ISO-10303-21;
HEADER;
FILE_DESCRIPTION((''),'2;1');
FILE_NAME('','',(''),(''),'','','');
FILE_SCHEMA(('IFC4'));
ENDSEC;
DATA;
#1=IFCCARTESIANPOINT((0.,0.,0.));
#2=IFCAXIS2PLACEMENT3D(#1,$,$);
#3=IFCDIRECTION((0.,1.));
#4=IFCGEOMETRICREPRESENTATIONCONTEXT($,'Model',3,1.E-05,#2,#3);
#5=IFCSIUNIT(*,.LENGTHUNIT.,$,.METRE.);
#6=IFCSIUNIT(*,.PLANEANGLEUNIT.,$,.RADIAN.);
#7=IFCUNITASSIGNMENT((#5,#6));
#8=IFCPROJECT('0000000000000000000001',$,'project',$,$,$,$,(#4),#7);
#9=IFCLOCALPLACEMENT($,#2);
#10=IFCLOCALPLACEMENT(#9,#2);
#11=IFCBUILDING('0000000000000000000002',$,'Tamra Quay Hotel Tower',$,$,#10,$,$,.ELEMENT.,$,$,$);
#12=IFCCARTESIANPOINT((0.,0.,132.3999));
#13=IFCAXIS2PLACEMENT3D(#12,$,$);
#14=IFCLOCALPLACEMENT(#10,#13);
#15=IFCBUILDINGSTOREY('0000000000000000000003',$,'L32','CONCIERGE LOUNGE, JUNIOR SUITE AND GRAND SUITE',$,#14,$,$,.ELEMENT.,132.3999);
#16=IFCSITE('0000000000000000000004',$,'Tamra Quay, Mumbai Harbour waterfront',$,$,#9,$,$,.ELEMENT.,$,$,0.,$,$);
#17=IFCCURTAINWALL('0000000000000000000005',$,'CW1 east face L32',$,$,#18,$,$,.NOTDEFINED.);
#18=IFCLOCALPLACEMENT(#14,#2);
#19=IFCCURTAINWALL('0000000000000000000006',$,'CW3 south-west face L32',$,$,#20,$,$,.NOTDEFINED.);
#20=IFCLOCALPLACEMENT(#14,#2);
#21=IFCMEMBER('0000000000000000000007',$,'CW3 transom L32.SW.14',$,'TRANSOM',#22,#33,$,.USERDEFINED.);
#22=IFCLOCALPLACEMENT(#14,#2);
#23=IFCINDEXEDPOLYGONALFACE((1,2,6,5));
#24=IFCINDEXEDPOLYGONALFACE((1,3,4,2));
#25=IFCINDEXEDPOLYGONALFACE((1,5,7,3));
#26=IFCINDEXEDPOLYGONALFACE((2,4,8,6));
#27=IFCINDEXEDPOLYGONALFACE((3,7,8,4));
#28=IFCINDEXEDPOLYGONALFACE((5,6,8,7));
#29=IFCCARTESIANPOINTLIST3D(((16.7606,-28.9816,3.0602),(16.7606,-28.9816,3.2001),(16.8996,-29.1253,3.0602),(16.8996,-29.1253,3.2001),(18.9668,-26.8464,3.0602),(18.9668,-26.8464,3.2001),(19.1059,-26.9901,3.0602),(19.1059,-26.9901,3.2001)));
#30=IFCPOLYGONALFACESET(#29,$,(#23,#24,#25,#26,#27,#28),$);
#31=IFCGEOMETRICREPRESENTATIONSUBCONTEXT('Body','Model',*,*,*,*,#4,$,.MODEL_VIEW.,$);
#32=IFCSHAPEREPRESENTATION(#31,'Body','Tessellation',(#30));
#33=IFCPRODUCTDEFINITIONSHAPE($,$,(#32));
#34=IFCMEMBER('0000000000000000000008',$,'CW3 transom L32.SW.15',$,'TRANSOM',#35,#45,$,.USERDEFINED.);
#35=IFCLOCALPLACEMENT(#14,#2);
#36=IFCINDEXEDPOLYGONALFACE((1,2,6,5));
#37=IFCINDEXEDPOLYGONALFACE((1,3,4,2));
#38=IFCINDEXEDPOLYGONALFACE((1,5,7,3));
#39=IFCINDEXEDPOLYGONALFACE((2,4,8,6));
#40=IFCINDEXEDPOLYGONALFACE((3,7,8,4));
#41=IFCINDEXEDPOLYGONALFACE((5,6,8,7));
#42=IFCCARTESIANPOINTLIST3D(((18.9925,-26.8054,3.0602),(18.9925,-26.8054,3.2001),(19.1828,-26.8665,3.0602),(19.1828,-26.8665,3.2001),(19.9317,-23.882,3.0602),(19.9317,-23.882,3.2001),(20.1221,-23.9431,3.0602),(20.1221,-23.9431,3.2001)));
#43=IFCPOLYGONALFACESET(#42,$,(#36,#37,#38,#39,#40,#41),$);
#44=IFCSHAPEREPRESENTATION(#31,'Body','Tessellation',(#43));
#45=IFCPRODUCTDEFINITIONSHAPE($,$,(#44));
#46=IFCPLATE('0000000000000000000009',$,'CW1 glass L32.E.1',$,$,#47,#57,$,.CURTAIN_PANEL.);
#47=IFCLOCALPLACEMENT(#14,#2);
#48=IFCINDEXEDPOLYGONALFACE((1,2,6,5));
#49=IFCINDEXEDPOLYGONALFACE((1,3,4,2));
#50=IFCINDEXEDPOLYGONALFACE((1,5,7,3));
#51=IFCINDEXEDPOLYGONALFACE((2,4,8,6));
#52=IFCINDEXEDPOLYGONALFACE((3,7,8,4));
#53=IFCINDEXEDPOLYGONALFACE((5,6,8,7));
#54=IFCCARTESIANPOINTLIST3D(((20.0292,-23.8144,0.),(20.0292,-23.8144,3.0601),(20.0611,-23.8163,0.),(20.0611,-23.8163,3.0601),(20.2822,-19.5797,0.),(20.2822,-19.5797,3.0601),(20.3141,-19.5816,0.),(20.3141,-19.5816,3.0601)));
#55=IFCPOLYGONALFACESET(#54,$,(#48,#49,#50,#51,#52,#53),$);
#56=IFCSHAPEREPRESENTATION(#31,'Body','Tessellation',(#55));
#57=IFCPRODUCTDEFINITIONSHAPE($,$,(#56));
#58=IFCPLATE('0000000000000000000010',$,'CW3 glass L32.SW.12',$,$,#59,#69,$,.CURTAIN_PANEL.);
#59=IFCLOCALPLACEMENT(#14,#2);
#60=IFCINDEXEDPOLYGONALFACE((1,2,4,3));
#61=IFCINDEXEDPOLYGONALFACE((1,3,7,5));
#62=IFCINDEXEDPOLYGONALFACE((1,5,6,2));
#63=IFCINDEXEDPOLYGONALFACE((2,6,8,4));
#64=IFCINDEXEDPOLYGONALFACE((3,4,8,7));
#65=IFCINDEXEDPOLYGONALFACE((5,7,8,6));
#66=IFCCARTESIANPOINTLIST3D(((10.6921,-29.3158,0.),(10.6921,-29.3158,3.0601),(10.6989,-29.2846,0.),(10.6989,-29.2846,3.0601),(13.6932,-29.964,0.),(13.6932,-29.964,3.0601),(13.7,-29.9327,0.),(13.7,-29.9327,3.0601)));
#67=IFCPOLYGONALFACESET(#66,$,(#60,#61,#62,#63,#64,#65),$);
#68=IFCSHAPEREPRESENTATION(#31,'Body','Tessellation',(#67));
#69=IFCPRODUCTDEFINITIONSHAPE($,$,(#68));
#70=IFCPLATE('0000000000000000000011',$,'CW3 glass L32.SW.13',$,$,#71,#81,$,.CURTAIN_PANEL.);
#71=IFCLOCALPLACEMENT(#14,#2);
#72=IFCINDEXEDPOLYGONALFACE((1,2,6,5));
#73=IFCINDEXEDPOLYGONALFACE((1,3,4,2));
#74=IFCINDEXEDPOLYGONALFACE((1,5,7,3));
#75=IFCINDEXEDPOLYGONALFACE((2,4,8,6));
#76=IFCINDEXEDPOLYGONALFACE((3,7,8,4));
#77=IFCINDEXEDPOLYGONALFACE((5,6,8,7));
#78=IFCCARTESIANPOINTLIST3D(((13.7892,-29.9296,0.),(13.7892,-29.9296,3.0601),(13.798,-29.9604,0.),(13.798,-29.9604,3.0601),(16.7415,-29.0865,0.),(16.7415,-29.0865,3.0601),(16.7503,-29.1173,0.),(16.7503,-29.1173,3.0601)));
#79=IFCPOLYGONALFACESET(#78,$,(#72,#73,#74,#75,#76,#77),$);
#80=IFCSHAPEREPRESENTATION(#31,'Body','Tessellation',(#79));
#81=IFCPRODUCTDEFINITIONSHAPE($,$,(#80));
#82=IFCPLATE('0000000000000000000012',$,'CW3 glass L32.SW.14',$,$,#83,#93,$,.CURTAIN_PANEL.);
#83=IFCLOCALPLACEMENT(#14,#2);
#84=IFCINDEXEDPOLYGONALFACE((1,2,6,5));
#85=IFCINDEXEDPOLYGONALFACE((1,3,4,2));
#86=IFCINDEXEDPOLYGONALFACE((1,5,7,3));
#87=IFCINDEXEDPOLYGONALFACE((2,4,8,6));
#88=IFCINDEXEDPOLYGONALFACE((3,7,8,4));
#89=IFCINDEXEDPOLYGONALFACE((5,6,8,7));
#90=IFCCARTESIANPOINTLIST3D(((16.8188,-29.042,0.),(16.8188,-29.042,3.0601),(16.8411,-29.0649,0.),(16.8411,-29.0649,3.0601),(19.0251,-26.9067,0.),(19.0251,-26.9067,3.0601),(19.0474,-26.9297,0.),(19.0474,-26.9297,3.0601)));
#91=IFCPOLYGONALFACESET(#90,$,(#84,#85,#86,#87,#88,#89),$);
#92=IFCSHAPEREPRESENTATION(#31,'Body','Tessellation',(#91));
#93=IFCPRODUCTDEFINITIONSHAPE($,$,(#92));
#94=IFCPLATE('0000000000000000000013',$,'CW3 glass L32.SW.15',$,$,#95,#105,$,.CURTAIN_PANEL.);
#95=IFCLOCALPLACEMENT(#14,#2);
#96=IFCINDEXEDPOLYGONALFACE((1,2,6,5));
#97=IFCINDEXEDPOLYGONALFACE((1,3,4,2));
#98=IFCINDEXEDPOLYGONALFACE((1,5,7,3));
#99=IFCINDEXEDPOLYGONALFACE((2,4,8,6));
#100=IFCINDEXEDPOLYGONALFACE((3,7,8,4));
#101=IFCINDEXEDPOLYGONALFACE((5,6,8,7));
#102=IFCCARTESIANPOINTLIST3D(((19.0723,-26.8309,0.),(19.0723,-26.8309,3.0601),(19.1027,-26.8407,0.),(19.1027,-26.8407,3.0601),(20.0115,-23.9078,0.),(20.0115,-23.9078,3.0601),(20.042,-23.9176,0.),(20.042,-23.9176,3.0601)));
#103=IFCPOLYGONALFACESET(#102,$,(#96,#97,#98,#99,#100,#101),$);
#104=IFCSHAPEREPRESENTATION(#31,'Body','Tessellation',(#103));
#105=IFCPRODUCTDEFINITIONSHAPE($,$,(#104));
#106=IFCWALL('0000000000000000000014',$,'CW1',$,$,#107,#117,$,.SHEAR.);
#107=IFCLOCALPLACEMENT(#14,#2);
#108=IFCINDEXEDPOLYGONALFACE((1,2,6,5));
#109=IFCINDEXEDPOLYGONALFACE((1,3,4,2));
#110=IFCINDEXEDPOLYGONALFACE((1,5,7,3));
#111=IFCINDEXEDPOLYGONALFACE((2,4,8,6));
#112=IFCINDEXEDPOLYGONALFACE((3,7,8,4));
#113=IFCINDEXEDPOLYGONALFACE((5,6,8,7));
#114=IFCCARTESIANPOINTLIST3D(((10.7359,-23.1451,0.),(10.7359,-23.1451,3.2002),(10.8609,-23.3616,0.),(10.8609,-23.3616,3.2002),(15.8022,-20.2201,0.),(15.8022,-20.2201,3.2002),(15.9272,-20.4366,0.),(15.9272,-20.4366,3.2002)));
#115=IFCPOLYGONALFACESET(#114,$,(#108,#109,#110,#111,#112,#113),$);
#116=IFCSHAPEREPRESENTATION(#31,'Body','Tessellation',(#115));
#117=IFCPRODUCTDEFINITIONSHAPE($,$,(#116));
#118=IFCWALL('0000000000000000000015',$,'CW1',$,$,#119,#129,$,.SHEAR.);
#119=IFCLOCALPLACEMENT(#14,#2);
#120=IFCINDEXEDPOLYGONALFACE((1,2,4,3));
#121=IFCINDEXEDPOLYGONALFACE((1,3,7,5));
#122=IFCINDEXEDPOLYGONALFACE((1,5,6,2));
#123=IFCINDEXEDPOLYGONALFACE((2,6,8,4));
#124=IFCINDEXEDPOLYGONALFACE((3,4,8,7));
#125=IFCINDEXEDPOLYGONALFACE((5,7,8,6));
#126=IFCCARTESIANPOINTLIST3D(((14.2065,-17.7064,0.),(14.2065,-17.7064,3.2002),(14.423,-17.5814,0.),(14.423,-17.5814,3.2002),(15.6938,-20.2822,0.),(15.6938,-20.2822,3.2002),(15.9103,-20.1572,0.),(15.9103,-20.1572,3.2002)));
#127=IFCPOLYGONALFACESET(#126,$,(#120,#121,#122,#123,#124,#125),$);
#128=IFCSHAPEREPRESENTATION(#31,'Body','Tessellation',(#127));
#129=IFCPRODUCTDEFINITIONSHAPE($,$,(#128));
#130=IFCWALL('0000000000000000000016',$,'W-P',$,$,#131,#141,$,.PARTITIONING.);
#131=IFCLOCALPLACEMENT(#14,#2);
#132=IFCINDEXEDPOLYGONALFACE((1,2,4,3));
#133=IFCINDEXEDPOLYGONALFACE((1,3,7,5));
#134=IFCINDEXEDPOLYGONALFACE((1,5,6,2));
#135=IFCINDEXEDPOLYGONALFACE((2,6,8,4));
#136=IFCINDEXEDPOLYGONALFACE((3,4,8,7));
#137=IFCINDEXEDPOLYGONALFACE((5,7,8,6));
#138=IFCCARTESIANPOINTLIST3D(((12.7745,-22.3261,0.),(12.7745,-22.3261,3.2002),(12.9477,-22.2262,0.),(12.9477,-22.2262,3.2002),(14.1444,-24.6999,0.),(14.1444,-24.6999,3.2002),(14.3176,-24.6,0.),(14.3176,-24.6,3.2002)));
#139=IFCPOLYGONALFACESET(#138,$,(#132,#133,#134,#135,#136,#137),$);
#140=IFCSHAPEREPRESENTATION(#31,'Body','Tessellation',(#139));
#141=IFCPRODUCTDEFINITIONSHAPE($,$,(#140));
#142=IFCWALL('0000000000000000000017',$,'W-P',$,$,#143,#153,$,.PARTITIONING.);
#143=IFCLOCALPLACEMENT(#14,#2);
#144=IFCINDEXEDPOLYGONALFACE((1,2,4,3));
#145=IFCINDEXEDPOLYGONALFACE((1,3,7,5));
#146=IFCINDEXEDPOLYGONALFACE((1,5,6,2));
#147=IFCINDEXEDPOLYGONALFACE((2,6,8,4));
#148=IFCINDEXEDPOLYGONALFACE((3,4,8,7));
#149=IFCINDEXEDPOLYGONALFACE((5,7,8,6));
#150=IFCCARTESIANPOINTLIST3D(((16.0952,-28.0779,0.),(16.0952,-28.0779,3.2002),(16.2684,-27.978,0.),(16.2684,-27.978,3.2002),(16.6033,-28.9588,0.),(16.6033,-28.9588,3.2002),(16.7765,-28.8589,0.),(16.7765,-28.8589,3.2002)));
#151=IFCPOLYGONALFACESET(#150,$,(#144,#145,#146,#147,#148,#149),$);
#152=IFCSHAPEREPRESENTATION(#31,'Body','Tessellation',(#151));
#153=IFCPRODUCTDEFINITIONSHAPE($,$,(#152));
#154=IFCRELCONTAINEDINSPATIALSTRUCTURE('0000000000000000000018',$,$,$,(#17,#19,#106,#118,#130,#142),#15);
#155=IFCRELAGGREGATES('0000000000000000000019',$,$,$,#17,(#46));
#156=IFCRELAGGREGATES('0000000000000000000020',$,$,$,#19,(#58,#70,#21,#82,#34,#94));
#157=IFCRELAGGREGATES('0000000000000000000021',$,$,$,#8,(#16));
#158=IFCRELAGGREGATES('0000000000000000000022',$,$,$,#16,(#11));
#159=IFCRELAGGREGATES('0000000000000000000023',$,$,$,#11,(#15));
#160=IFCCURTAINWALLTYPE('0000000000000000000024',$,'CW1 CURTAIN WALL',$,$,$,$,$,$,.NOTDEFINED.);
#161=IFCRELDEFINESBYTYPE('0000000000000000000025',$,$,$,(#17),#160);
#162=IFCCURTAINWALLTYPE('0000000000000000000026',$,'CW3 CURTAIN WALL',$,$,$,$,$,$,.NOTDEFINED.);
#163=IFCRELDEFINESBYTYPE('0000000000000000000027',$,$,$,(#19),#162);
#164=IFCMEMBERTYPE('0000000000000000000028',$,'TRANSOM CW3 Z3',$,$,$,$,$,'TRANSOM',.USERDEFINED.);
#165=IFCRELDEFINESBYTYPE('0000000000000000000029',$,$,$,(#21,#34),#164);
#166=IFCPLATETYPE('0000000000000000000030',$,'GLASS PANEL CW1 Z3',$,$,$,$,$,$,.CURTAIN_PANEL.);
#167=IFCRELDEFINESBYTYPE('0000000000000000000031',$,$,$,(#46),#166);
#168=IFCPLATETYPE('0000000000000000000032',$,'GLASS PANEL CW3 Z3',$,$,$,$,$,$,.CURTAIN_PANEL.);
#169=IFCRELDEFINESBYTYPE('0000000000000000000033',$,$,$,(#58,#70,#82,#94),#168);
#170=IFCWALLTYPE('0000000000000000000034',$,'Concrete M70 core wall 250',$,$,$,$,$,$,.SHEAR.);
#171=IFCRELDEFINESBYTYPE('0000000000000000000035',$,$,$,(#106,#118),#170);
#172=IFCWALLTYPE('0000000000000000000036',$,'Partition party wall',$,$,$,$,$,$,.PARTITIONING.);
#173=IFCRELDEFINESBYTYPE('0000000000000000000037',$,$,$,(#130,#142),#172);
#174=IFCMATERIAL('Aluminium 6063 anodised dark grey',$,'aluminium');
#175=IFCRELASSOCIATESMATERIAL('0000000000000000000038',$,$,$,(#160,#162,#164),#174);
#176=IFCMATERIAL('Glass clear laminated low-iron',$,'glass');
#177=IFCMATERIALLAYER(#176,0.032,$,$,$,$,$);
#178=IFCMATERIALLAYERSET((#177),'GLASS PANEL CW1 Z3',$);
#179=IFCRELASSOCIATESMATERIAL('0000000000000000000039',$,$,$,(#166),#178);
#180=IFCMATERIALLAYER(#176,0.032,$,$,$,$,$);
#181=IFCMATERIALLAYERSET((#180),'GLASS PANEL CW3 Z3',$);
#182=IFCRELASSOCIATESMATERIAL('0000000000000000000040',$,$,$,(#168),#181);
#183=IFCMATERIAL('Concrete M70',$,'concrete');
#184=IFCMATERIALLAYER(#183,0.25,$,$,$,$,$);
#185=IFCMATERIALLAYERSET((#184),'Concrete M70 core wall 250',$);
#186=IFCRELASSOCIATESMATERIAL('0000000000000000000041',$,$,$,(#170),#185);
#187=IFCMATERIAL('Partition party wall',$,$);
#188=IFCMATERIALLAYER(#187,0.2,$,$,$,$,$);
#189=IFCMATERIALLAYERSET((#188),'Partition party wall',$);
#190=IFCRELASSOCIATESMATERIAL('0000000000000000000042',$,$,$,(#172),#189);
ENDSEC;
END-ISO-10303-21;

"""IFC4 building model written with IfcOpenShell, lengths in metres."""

from ifc_helpers import new_model, si_unit, direction, frame, frame_2d, origin, origin_2d, place, context, subcontext, project, spatial, rectangle, extrude, material, layer, layer_set, material_profile, profile_set, type_object, element, aggregate, save


model = new_model("IFC4")

# Units and contexts
model_context = context("Model", 3, precision=1e-05, world=origin(), true_north=direction((0.0, 1.0)))
body_context = subcontext(model_context, "Body", "Model", "MODEL_VIEW")
ifc_project = project(units=[si_unit("LENGTHUNIT", "METRE"), si_unit("PLANEANGLEUNIT", "RADIAN")], contexts=[model_context])

# Site, building, storey
site_placement = place(None, origin())
site = spatial("IfcSite", under=ifc_project, at=site_placement, Name="Tamra Quay, Mumbai Harbour waterfront", CompositionType="ELEMENT", RefElevation=0.0)
building_placement = place(site_placement, origin())
building = spatial("IfcBuilding", under=site, at=building_placement, Name="Tamra Quay Hotel Tower", CompositionType="ELEMENT")
storey_placement = place(building_placement, frame((0.0, 0.0, 132.3999)))
storey = spatial("IfcBuildingStorey", under=building, at=storey_placement, Name="L32", Description="CONCIERGE LOUNGE, JUNIOR SUITE AND GRAND SUITE", CompositionType="ELEMENT", Elevation=132.3999)

# Shared definitions
ifc_material_1 = material(Name="Concrete M70", Category="concrete")

# Curtain wall
ifc_material_2 = material(Name="Aluminium 6063 anodised dark grey", Category="aluminium")
curtain_wall_type_1 = type_object("IfcCurtainWallType", Name="CW1 CURTAIN WALL", PredefinedType="NOTDEFINED", material=ifc_material_2)
curtain_wall_1_placement = place(storey_placement, origin())
curtain_wall_1 = element("IfcCurtainWall", 1, at=curtain_wall_1_placement, inside=storey, type_object=curtain_wall_type_1, Name="CW1 east face L32", PredefinedType="NOTDEFINED")

# Curtain wall
curtain_wall_type_2 = type_object("IfcCurtainWallType", Name="CW3 CURTAIN WALL", PredefinedType="NOTDEFINED", material=ifc_material_2)
curtain_wall_2_placement = place(storey_placement, origin())
curtain_wall_2 = element("IfcCurtainWall", 2, at=curtain_wall_2_placement, inside=storey, type_object=curtain_wall_type_2, Name="CW3 south-west face L32", PredefinedType="NOTDEFINED")

# Members
ifc_material_profile_1 = material_profile(ifc_material_2, rectangle(XDim=0.2, YDim=0.1399, at=origin_2d()), Name="TRANSOM 200X140")
ifc_profile_set_1 = profile_set([ifc_material_profile_1], Name="Aluminium 6063 anodised dark grey")
member_type_1 = type_object("IfcMemberType", Name="TRANSOM CW3 Z3", ElementType="TRANSOM", PredefinedType="USERDEFINED", material=ifc_profile_set_1)
member_1_placement = place(storey_placement, frame((16.8301, -29.0535, 3.1301), z_axis=(0.718582, 0.695443, 0.0), x_axis=(-0.695443, 0.718582, 0.0)))
member_1 = element("IfcMember", 3, at=member_1_placement, type_object=member_type_1, Name="CW3 transom L32.SW.14", ObjectType="TRANSOM", PredefinedType="USERDEFINED", context=body_context, shape_type="SweptSolid", body=[
    extrude(rectangle(XDim=0.2, YDim=0.1399, at=origin_2d()), origin(), (0.0, 0.0, 1.0), 3.0703),
])
member_2_placement = place(storey_placement, frame((19.0876, -26.8359, 3.1301), z_axis=(0.30588, 0.95207, 0.0), x_axis=(-0.95207, 0.30588, 0.0)))
member_2 = element("IfcMember", 4, at=member_2_placement, type_object=member_type_1, Name="CW3 transom L32.SW.15", ObjectType="TRANSOM", PredefinedType="USERDEFINED", context=body_context, shape_type="SweptSolid", body=[
    extrude(rectangle(XDim=0.2, YDim=0.1399, at=origin_2d()), origin(), (0.0, 0.0, 1.0), 3.0706),
])

# Plates
ifc_material_3 = material(Name="Glass clear laminated low-iron", Category="glass")
ifc_layer_1 = layer(ifc_material_3, 0.032)
ifc_layer_set_1 = layer_set([ifc_layer_1], Name="GLASS PANEL CW1 Z3")
plate_type_1 = type_object("IfcPlateType", Name="GLASS PANEL CW1 Z3", PredefinedType="CURTAIN_PANEL", material=ifc_layer_set_1)
plate_1_placement = place(storey_placement, frame((20.1716, -21.698, 0.0), z_axis=(0.0, 0.0, 1.0), x_axis=(0.059642, 0.99822, 0.0)))
plate_1 = element("IfcPlate", 5, at=plate_1_placement, type_object=plate_type_1, Name="CW1 glass L32.E.1", PredefinedType="CURTAIN_PANEL", context=body_context, shape_type="SweptSolid", body=[
    extrude(rectangle(XDim=4.2422, YDim=0.032, at=origin_2d()), origin(), (0.0, 0.0, 1.0), 3.0601),
])
aggregate(curtain_wall_1, [plate_1])
ifc_layer_2 = layer(ifc_material_3, 0.032)
ifc_layer_set_2 = layer_set([ifc_layer_2], Name="GLASS PANEL CW3 Z3")
plate_type_2 = type_object("IfcPlateType", Name="GLASS PANEL CW3 Z3", PredefinedType="CURTAIN_PANEL", material=ifc_layer_set_2)
plate_2_placement = place(storey_placement, frame((12.196, -29.6243, 0.0), z_axis=(0.0, 0.0, 1.0), x_axis=(0.977465, -0.211099, 0.0)))
plate_2 = element("IfcPlate", 6, at=plate_2_placement, type_object=plate_type_2, Name="CW3 glass L32.SW.12", PredefinedType="CURTAIN_PANEL", context=body_context, shape_type="SweptSolid", body=[
    extrude(rectangle(XDim=3.0703, YDim=0.032, at=origin_2d()), origin(), (0.0, 0.0, 1.0), 3.0601),
])
plate_3_placement = place(storey_placement, frame((15.2698, -29.5234, 0.0), z_axis=(0.0, 0.0, 1.0), x_axis=(0.961561, 0.274593, 0.0)))
plate_3 = element("IfcPlate", 7, at=plate_3_placement, type_object=plate_type_2, Name="CW3 glass L32.SW.13", PredefinedType="CURTAIN_PANEL", context=body_context, shape_type="SweptSolid", body=[
    extrude(rectangle(XDim=3.0703, YDim=0.032, at=origin_2d()), origin(), (0.0, 0.0, 1.0), 3.0601),
])
plate_4_placement = place(storey_placement, frame((17.9331, -27.9858, 0.0), z_axis=(0.0, 0.0, 1.0), x_axis=(0.718584, 0.69544, 0.0)))
plate_4 = element("IfcPlate", 8, at=plate_4_placement, type_object=plate_type_2, Name="CW3 glass L32.SW.14", PredefinedType="CURTAIN_PANEL", context=body_context, shape_type="SweptSolid", body=[
    extrude(rectangle(XDim=3.0703, YDim=0.032, at=origin_2d()), origin(), (0.0, 0.0, 1.0), 3.0601),
])
plate_5_placement = place(storey_placement, frame((19.5571, -25.3743, 0.0), z_axis=(0.0, 0.0, 1.0), x_axis=(0.305915, 0.952059, 0.0)))
plate_5 = element("IfcPlate", 9, at=plate_5_placement, type_object=plate_type_2, Name="CW3 glass L32.SW.15", PredefinedType="CURTAIN_PANEL", context=body_context, shape_type="SweptSolid", body=[
    extrude(rectangle(XDim=3.0703, YDim=0.032, at=origin_2d()), origin(), (0.0, 0.0, 1.0), 3.0601),
])
aggregate(curtain_wall_2, [plate_2, plate_3, member_1, plate_4, member_2, plate_5])

# Walls
ifc_layer_3 = layer(ifc_material_1, 0.25)
ifc_layer_set_3 = layer_set([ifc_layer_3], Name="Concrete M70 core wall 250")
wall_type_1 = type_object("IfcWallType", Name="Concrete M70 core wall 250", PredefinedType="SHEAR", material=ifc_layer_set_3)
wall_1_placement = place(storey_placement, frame((15.8647, -20.3284, 0.0), z_axis=(0.0, 0.0, 1.0), x_axis=(-0.866029, -0.499995, 0.0)))
element("IfcWall", 10, at=wall_1_placement, inside=storey, type_object=wall_type_1, Name="CW1", PredefinedType="SHEAR", context=body_context, shape_type="SweptSolid", body=[
    extrude(rectangle(XDim=5.8501, YDim=0.25, at=frame_2d((2.925, 0.0))), origin(), (0.0, 0.0, 1.0), 3.2002),
])
wall_2_placement = place(storey_placement, frame((14.3147, -17.6438, 0.0), z_axis=(0.0, 0.0, 1.0), x_axis=(0.500023, -0.866012, 0.0)))
element("IfcWall", 11, at=wall_2_placement, inside=storey, type_object=wall_type_1, Name="CW1", PredefinedType="SHEAR", context=body_context, shape_type="SweptSolid", body=[
    extrude(rectangle(XDim=2.9744, YDim=0.25, at=frame_2d((1.4873, 0.0))), origin(), (0.0, 0.0, 1.0), 3.2002),
])
ifc_material_4 = material(Name="Partition party wall")
ifc_layer_4 = layer(ifc_material_4, 0.2)
ifc_layer_set_4 = layer_set([ifc_layer_4], Name="Partition party wall")
wall_type_2 = type_object("IfcWallType", Name="Partition party wall", PredefinedType="PARTITIONING", material=ifc_layer_set_4)
wall_3_placement = place(storey_placement, frame((12.8611, -22.2761, 0.0), z_axis=(0.0, 0.0, 1.0), x_axis=(0.499828, -0.866125, 0.0)))
element("IfcWall", 12, at=wall_3_placement, inside=storey, type_object=wall_type_2, Name="W-P", PredefinedType="PARTITIONING", context=body_context, shape_type="SweptSolid", body=[
    extrude(rectangle(XDim=2.7407, YDim=0.2, at=frame_2d((1.3704, 0.0))), origin(), (0.0, 0.0, 1.0), 3.2002),
])
wall_4_placement = place(storey_placement, frame((16.1819, -28.0281, 0.0), z_axis=(0.0, 0.0, 1.0), x_axis=(0.499625, -0.866242, 0.0)))
element("IfcWall", 13, at=wall_4_placement, inside=storey, type_object=wall_type_2, Name="W-P", PredefinedType="PARTITIONING", context=body_context, shape_type="SweptSolid", body=[
    extrude(rectangle(XDim=1.0168, YDim=0.2, at=frame_2d((0.5083, 0.0))), origin(), (0.0, 0.0, 1.0), 3.2002),
])

save(model, "model.ifc")
